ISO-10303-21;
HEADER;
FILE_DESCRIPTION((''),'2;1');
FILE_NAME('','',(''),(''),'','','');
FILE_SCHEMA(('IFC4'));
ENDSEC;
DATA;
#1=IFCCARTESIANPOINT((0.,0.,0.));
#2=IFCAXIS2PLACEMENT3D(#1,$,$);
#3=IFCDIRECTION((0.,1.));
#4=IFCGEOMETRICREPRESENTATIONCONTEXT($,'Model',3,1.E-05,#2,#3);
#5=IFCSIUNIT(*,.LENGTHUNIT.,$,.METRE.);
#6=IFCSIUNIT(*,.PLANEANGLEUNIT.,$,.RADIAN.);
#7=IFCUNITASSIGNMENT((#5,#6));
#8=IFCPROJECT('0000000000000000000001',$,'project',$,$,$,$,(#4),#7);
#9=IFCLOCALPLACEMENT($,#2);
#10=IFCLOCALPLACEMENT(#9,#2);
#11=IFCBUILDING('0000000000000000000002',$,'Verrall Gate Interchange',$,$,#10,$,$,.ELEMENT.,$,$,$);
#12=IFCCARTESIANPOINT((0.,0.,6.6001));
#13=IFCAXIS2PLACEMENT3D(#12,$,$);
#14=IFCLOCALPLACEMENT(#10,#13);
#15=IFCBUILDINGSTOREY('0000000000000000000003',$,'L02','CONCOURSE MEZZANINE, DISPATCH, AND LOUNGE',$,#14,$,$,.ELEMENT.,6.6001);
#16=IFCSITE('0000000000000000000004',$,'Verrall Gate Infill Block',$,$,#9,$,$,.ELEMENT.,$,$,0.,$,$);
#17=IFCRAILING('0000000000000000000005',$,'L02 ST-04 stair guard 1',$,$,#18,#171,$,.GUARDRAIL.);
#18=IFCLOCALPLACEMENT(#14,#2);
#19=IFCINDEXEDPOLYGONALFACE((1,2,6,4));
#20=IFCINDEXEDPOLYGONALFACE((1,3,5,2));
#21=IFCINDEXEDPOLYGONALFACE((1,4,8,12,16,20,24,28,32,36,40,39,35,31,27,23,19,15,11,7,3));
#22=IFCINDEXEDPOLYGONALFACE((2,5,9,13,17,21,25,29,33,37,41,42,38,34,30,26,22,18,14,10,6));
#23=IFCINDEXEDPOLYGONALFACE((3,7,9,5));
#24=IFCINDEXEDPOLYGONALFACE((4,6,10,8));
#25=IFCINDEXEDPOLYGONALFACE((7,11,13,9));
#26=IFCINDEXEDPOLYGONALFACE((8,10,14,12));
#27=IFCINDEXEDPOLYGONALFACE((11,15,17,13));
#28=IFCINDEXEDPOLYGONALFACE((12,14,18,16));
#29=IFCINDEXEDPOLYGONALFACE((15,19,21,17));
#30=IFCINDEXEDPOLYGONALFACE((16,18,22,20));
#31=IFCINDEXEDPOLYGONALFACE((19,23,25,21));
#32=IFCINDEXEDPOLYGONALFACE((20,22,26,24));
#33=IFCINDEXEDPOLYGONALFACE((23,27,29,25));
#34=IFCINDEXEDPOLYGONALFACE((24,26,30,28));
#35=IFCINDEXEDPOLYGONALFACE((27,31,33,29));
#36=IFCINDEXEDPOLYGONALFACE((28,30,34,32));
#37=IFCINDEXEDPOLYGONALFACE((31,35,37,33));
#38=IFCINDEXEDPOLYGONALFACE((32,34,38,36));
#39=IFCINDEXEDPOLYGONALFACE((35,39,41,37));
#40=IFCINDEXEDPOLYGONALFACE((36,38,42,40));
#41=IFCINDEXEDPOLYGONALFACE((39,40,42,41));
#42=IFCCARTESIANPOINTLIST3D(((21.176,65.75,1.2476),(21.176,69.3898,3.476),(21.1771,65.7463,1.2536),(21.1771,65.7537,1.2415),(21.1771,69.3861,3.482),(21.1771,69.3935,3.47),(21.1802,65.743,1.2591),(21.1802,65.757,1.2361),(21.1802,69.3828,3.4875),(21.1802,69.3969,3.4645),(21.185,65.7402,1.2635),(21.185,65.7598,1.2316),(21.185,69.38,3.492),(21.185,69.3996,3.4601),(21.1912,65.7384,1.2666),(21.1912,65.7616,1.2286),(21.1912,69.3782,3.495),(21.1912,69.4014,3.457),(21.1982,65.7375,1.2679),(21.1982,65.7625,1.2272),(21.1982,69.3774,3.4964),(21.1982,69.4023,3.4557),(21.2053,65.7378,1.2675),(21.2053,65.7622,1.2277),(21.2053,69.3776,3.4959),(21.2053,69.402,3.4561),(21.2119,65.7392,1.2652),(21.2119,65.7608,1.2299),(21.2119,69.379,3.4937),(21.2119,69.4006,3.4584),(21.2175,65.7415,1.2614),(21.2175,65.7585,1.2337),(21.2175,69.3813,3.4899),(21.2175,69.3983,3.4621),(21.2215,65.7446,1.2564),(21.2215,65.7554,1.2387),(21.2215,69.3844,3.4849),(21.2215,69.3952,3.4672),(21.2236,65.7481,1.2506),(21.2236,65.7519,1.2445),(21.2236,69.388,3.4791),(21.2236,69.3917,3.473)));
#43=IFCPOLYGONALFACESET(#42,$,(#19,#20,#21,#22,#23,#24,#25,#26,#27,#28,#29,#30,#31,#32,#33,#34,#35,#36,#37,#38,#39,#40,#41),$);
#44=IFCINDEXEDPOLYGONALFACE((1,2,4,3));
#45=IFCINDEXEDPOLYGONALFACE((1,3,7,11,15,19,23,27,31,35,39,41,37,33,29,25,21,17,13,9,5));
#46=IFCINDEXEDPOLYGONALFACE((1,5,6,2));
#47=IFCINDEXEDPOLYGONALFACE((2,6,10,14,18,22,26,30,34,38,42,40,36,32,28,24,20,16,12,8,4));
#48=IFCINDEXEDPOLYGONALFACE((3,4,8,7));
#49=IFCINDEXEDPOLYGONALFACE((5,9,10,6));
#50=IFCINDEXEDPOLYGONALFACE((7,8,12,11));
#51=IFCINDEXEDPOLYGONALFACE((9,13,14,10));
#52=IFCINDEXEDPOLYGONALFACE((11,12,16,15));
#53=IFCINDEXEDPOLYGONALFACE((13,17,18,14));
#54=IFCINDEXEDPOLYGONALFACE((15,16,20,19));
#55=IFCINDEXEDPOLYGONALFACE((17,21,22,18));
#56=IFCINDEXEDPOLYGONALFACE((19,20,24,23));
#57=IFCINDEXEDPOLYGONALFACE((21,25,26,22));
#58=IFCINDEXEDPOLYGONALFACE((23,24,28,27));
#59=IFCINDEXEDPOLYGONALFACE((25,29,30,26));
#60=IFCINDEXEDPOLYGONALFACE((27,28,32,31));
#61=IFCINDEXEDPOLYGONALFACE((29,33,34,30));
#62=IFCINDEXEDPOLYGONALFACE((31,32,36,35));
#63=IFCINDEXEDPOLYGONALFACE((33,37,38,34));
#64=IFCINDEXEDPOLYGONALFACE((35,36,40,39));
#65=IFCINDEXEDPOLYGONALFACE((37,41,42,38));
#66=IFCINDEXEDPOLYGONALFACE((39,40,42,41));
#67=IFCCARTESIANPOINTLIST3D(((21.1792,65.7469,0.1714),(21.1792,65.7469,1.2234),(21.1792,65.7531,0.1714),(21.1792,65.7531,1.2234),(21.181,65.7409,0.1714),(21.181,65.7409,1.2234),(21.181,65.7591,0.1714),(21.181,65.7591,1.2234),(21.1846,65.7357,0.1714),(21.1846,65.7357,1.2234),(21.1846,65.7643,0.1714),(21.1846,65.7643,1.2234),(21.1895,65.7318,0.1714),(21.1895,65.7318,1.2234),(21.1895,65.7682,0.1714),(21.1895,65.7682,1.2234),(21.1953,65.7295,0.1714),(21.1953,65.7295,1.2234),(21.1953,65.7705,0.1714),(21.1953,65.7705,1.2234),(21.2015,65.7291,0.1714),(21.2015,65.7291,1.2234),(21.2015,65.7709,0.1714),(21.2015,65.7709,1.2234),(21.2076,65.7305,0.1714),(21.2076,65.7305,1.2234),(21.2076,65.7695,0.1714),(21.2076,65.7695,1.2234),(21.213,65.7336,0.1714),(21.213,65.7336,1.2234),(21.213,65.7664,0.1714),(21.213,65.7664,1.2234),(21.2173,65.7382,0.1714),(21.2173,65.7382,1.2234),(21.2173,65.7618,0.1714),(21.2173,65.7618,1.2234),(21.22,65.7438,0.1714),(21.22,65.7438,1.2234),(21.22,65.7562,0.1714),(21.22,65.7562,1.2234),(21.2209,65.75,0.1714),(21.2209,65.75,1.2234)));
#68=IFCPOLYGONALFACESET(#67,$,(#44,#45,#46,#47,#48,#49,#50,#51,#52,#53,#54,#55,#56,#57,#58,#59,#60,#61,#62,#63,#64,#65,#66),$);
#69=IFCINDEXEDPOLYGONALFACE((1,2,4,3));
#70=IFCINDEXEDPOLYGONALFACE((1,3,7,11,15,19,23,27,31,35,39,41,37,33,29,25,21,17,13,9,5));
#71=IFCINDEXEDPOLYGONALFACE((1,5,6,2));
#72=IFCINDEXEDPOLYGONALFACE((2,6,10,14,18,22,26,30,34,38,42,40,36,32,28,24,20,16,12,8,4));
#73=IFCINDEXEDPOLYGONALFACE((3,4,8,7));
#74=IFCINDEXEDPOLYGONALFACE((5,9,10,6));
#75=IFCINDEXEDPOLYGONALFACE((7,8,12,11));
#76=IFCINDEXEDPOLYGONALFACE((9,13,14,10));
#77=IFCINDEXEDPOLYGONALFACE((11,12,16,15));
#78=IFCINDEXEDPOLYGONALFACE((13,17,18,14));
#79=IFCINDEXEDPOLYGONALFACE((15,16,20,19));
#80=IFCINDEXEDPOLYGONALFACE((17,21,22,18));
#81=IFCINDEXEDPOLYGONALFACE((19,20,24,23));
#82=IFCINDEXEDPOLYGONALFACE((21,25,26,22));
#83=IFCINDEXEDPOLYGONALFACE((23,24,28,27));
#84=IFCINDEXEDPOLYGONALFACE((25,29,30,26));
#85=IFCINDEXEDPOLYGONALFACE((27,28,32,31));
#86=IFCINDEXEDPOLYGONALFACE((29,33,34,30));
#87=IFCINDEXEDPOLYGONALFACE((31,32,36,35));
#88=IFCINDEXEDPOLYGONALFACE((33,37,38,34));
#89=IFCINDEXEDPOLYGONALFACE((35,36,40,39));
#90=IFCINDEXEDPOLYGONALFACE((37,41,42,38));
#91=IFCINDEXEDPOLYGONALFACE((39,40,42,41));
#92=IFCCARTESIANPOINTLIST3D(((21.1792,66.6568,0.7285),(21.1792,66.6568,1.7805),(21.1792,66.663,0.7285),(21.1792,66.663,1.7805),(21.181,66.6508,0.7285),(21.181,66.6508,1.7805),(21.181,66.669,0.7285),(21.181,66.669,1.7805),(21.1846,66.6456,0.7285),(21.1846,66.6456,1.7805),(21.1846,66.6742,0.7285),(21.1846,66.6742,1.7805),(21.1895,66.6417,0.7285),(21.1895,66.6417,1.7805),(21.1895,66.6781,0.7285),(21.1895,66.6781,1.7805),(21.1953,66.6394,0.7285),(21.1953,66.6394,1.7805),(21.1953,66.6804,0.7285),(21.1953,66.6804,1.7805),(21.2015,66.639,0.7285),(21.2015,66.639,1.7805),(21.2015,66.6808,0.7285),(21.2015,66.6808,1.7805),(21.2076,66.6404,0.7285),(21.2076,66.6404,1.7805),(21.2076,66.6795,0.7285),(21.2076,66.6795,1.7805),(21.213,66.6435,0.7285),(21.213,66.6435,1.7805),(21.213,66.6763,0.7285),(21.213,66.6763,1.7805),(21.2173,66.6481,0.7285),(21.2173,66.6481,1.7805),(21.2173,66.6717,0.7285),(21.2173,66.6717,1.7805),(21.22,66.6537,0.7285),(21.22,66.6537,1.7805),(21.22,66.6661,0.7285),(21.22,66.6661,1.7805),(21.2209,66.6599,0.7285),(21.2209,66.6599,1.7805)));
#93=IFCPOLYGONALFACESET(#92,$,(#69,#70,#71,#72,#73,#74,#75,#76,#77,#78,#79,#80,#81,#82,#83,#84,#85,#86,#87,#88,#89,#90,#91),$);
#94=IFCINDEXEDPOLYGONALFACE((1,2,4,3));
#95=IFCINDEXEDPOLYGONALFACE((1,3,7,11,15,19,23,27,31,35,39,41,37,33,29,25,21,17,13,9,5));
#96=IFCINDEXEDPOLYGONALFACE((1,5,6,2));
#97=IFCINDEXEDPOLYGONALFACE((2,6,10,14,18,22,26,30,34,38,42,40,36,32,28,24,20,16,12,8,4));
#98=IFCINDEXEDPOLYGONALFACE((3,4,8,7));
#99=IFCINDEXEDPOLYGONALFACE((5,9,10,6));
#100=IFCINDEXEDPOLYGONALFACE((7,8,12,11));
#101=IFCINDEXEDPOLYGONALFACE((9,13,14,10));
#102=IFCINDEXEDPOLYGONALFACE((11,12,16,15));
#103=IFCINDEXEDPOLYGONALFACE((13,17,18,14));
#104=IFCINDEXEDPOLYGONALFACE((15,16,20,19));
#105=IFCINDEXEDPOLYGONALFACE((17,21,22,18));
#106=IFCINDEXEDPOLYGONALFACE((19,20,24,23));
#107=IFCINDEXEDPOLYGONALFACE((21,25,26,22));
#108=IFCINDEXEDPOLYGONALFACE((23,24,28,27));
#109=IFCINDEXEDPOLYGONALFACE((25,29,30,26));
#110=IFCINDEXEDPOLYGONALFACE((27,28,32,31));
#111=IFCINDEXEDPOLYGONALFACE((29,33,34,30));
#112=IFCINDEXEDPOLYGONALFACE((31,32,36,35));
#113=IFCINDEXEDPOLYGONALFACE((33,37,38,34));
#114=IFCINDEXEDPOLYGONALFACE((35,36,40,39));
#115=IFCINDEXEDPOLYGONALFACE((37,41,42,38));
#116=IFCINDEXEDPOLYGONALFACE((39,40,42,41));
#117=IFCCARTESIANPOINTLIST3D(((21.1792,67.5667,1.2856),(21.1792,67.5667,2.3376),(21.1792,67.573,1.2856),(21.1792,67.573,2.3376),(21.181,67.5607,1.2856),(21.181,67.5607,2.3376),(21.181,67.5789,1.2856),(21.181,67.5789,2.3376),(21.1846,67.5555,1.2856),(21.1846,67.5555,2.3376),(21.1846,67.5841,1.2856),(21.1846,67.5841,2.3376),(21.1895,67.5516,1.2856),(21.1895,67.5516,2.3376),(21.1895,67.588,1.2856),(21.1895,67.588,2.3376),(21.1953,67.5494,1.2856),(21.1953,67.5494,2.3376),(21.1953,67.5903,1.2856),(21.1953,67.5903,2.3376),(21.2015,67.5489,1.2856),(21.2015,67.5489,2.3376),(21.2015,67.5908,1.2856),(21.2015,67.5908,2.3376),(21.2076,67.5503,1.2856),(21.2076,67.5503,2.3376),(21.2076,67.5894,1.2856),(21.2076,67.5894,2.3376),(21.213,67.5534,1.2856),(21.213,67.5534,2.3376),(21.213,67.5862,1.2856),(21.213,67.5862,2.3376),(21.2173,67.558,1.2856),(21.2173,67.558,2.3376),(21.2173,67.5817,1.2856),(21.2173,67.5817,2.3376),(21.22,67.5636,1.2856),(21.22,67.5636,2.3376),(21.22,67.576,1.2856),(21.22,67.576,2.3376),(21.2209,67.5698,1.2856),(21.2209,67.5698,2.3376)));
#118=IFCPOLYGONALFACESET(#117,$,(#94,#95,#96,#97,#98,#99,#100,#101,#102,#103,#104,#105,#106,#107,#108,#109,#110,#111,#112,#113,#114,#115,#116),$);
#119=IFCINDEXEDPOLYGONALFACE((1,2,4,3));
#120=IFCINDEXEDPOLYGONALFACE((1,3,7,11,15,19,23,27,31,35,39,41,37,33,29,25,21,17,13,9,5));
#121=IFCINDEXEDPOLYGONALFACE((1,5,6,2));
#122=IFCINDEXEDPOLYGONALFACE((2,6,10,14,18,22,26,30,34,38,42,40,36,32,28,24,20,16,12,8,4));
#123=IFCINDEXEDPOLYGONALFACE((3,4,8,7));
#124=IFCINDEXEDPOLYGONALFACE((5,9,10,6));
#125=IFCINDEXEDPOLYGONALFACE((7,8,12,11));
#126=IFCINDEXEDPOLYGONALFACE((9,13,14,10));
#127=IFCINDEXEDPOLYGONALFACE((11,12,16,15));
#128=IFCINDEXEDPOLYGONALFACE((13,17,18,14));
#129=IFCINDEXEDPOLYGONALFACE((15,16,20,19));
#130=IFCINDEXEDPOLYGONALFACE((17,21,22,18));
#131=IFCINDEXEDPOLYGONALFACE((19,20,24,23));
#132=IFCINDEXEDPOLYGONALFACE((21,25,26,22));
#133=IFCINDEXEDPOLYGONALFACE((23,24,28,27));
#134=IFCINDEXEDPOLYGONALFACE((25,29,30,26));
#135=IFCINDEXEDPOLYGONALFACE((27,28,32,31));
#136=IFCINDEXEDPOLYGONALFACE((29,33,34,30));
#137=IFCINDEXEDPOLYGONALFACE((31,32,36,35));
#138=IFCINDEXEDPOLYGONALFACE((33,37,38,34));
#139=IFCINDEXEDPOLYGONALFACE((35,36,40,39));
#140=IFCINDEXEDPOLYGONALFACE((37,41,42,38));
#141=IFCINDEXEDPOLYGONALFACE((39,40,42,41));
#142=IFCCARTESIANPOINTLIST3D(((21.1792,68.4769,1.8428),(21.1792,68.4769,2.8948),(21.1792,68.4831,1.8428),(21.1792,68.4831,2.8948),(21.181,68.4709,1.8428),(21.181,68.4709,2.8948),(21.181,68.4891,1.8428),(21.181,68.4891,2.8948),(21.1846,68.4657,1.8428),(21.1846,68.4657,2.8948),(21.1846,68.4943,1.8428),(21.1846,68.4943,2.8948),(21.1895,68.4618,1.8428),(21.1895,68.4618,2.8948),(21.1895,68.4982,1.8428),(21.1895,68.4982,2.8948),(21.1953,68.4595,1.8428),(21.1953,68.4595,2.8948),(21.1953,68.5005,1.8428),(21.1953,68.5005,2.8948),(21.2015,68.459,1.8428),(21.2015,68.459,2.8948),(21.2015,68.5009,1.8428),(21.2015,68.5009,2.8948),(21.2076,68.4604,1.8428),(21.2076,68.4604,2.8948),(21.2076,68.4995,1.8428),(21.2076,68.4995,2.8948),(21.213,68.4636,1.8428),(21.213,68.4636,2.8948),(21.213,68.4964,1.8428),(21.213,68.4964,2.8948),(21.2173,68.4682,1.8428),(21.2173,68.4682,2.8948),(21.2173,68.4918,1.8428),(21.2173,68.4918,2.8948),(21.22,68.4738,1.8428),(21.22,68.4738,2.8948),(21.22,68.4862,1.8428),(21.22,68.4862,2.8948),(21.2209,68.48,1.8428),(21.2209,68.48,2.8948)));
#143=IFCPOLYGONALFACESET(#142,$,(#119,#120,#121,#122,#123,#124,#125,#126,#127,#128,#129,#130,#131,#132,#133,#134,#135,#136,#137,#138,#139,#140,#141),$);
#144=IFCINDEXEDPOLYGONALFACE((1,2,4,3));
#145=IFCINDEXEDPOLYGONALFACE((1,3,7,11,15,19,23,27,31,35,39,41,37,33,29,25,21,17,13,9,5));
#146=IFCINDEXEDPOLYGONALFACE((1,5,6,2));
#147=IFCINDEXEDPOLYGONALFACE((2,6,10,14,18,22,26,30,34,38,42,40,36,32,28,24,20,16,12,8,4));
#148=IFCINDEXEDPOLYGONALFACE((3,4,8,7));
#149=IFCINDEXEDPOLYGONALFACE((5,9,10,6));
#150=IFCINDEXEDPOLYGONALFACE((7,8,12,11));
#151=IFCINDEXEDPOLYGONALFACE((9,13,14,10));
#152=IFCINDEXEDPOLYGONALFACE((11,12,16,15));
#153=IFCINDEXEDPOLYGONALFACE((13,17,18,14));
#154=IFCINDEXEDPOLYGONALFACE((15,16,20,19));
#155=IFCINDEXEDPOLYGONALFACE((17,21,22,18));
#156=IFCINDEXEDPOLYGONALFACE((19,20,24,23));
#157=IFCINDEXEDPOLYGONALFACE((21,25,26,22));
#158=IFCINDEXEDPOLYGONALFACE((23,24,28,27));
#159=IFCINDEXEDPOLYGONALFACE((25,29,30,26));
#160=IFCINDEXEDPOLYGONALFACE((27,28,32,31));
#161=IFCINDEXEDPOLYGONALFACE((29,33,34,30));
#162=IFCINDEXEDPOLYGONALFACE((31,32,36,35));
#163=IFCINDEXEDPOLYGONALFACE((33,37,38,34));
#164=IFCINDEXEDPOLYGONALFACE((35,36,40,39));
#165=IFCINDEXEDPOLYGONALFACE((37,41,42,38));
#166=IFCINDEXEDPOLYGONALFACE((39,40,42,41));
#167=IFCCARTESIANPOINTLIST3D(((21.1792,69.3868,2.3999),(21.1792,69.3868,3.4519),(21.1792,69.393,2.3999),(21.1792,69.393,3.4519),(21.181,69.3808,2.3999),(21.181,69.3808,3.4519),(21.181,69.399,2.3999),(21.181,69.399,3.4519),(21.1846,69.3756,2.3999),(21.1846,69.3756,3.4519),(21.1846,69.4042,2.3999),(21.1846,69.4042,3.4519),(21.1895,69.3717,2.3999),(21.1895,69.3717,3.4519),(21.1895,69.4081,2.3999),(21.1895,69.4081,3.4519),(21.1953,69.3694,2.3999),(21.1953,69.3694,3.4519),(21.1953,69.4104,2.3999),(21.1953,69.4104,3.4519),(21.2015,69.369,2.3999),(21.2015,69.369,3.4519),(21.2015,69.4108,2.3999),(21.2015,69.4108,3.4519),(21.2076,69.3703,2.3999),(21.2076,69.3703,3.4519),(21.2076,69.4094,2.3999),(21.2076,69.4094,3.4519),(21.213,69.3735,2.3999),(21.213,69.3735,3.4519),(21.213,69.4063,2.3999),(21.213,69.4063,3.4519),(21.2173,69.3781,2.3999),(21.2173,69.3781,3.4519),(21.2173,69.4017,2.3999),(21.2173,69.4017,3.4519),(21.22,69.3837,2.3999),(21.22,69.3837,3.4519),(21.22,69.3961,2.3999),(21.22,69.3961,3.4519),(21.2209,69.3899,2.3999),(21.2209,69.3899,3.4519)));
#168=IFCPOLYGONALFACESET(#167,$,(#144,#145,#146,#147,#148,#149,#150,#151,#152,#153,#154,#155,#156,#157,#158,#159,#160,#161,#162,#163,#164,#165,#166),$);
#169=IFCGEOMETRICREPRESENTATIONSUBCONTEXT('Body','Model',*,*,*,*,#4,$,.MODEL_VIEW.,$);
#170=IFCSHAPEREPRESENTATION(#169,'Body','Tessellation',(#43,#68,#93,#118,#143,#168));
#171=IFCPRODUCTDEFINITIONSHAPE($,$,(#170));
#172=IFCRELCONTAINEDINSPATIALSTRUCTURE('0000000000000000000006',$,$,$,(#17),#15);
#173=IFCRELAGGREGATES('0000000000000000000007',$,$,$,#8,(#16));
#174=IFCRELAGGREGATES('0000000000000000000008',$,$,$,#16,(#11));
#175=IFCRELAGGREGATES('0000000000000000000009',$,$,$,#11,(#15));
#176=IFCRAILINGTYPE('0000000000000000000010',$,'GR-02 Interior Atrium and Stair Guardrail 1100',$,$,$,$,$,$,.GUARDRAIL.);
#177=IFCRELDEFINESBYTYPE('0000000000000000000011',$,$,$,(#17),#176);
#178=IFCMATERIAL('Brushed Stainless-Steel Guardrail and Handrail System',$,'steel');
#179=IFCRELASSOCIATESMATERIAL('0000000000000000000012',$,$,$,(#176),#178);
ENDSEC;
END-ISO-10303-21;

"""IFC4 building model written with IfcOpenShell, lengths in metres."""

from ifc_helpers import new_model, si_unit, direction, frame, origin, origin_2d, place, context, subcontext, project, spatial, circle, extrude, material, type_object, element, save


model = new_model("IFC4")

# Units and contexts
model_context = context("Model", 3, precision=1e-05, world=origin(), true_north=direction((0.0, 1.0)))
body_context = subcontext(model_context, "Body", "Model", "MODEL_VIEW")
ifc_project = project(units=[si_unit("LENGTHUNIT", "METRE"), si_unit("PLANEANGLEUNIT", "RADIAN")], contexts=[model_context])

# Site, building, storey
site_placement = place(None, origin())
site = spatial("IfcSite", under=ifc_project, at=site_placement, Name="Verrall Gate Infill Block", CompositionType="ELEMENT", RefElevation=0.0)
building_placement = place(site_placement, origin())
building = spatial("IfcBuilding", under=site, at=building_placement, Name="Verrall Gate Interchange", CompositionType="ELEMENT")
storey_placement = place(building_placement, frame((0.0, 0.0, 6.6001)))
storey = spatial("IfcBuildingStorey", under=building, at=storey_placement, Name="L02", Description="CONCOURSE MEZZANINE, DISPATCH, AND LOUNGE", CompositionType="ELEMENT", Elevation=6.6001)

# Railing
ifc_material_1 = material(Name="Brushed Stainless-Steel Guardrail and Handrail System", Category="steel")
railing_type_1 = type_object("IfcRailingType", Name="GR-02 Interior Atrium and Stair Guardrail 1100", PredefinedType="GUARDRAIL", material=ifc_material_1)
railing_1_placement = place(storey_placement, frame((21.2, 65.75, 0.1714)))
element("IfcRailing", 1, at=railing_1_placement, inside=storey, type_object=railing_type_1, Name="L02 ST-04 stair guard 1", PredefinedType="GUARDRAIL", context=body_context, shape_type="SweptSolid", body=[
    extrude(circle(Radius=0.0239, at=origin_2d()), frame((0.0, 0.0, 1.0762), z_axis=(0.0, 0.85285, 0.522156), x_axis=(-1.0, 0.0, 0.0)), (0.0, 0.0, 1.0), 4.2678),
    extrude(circle(Radius=0.021, at=origin_2d()), origin(), (0.0, 0.0, 1.0), 1.052),
    extrude(circle(Radius=0.021, at=origin_2d()), frame((0.0, 0.9099, 0.5571)), (0.0, 0.0, 1.0), 1.052),
    extrude(circle(Radius=0.021, at=origin_2d()), frame((0.0, 1.8198, 1.1143)), (0.0, 0.0, 1.0), 1.052),
    extrude(circle(Radius=0.021, at=origin_2d()), frame((0.0, 2.73, 1.6714)), (0.0, 0.0, 1.0), 1.052),
    extrude(circle(Radius=0.021, at=origin_2d()), frame((0.0, 3.6399, 2.2285)), (0.0, 0.0, 1.0), 1.052),
])

save(model, "model.ifc")
